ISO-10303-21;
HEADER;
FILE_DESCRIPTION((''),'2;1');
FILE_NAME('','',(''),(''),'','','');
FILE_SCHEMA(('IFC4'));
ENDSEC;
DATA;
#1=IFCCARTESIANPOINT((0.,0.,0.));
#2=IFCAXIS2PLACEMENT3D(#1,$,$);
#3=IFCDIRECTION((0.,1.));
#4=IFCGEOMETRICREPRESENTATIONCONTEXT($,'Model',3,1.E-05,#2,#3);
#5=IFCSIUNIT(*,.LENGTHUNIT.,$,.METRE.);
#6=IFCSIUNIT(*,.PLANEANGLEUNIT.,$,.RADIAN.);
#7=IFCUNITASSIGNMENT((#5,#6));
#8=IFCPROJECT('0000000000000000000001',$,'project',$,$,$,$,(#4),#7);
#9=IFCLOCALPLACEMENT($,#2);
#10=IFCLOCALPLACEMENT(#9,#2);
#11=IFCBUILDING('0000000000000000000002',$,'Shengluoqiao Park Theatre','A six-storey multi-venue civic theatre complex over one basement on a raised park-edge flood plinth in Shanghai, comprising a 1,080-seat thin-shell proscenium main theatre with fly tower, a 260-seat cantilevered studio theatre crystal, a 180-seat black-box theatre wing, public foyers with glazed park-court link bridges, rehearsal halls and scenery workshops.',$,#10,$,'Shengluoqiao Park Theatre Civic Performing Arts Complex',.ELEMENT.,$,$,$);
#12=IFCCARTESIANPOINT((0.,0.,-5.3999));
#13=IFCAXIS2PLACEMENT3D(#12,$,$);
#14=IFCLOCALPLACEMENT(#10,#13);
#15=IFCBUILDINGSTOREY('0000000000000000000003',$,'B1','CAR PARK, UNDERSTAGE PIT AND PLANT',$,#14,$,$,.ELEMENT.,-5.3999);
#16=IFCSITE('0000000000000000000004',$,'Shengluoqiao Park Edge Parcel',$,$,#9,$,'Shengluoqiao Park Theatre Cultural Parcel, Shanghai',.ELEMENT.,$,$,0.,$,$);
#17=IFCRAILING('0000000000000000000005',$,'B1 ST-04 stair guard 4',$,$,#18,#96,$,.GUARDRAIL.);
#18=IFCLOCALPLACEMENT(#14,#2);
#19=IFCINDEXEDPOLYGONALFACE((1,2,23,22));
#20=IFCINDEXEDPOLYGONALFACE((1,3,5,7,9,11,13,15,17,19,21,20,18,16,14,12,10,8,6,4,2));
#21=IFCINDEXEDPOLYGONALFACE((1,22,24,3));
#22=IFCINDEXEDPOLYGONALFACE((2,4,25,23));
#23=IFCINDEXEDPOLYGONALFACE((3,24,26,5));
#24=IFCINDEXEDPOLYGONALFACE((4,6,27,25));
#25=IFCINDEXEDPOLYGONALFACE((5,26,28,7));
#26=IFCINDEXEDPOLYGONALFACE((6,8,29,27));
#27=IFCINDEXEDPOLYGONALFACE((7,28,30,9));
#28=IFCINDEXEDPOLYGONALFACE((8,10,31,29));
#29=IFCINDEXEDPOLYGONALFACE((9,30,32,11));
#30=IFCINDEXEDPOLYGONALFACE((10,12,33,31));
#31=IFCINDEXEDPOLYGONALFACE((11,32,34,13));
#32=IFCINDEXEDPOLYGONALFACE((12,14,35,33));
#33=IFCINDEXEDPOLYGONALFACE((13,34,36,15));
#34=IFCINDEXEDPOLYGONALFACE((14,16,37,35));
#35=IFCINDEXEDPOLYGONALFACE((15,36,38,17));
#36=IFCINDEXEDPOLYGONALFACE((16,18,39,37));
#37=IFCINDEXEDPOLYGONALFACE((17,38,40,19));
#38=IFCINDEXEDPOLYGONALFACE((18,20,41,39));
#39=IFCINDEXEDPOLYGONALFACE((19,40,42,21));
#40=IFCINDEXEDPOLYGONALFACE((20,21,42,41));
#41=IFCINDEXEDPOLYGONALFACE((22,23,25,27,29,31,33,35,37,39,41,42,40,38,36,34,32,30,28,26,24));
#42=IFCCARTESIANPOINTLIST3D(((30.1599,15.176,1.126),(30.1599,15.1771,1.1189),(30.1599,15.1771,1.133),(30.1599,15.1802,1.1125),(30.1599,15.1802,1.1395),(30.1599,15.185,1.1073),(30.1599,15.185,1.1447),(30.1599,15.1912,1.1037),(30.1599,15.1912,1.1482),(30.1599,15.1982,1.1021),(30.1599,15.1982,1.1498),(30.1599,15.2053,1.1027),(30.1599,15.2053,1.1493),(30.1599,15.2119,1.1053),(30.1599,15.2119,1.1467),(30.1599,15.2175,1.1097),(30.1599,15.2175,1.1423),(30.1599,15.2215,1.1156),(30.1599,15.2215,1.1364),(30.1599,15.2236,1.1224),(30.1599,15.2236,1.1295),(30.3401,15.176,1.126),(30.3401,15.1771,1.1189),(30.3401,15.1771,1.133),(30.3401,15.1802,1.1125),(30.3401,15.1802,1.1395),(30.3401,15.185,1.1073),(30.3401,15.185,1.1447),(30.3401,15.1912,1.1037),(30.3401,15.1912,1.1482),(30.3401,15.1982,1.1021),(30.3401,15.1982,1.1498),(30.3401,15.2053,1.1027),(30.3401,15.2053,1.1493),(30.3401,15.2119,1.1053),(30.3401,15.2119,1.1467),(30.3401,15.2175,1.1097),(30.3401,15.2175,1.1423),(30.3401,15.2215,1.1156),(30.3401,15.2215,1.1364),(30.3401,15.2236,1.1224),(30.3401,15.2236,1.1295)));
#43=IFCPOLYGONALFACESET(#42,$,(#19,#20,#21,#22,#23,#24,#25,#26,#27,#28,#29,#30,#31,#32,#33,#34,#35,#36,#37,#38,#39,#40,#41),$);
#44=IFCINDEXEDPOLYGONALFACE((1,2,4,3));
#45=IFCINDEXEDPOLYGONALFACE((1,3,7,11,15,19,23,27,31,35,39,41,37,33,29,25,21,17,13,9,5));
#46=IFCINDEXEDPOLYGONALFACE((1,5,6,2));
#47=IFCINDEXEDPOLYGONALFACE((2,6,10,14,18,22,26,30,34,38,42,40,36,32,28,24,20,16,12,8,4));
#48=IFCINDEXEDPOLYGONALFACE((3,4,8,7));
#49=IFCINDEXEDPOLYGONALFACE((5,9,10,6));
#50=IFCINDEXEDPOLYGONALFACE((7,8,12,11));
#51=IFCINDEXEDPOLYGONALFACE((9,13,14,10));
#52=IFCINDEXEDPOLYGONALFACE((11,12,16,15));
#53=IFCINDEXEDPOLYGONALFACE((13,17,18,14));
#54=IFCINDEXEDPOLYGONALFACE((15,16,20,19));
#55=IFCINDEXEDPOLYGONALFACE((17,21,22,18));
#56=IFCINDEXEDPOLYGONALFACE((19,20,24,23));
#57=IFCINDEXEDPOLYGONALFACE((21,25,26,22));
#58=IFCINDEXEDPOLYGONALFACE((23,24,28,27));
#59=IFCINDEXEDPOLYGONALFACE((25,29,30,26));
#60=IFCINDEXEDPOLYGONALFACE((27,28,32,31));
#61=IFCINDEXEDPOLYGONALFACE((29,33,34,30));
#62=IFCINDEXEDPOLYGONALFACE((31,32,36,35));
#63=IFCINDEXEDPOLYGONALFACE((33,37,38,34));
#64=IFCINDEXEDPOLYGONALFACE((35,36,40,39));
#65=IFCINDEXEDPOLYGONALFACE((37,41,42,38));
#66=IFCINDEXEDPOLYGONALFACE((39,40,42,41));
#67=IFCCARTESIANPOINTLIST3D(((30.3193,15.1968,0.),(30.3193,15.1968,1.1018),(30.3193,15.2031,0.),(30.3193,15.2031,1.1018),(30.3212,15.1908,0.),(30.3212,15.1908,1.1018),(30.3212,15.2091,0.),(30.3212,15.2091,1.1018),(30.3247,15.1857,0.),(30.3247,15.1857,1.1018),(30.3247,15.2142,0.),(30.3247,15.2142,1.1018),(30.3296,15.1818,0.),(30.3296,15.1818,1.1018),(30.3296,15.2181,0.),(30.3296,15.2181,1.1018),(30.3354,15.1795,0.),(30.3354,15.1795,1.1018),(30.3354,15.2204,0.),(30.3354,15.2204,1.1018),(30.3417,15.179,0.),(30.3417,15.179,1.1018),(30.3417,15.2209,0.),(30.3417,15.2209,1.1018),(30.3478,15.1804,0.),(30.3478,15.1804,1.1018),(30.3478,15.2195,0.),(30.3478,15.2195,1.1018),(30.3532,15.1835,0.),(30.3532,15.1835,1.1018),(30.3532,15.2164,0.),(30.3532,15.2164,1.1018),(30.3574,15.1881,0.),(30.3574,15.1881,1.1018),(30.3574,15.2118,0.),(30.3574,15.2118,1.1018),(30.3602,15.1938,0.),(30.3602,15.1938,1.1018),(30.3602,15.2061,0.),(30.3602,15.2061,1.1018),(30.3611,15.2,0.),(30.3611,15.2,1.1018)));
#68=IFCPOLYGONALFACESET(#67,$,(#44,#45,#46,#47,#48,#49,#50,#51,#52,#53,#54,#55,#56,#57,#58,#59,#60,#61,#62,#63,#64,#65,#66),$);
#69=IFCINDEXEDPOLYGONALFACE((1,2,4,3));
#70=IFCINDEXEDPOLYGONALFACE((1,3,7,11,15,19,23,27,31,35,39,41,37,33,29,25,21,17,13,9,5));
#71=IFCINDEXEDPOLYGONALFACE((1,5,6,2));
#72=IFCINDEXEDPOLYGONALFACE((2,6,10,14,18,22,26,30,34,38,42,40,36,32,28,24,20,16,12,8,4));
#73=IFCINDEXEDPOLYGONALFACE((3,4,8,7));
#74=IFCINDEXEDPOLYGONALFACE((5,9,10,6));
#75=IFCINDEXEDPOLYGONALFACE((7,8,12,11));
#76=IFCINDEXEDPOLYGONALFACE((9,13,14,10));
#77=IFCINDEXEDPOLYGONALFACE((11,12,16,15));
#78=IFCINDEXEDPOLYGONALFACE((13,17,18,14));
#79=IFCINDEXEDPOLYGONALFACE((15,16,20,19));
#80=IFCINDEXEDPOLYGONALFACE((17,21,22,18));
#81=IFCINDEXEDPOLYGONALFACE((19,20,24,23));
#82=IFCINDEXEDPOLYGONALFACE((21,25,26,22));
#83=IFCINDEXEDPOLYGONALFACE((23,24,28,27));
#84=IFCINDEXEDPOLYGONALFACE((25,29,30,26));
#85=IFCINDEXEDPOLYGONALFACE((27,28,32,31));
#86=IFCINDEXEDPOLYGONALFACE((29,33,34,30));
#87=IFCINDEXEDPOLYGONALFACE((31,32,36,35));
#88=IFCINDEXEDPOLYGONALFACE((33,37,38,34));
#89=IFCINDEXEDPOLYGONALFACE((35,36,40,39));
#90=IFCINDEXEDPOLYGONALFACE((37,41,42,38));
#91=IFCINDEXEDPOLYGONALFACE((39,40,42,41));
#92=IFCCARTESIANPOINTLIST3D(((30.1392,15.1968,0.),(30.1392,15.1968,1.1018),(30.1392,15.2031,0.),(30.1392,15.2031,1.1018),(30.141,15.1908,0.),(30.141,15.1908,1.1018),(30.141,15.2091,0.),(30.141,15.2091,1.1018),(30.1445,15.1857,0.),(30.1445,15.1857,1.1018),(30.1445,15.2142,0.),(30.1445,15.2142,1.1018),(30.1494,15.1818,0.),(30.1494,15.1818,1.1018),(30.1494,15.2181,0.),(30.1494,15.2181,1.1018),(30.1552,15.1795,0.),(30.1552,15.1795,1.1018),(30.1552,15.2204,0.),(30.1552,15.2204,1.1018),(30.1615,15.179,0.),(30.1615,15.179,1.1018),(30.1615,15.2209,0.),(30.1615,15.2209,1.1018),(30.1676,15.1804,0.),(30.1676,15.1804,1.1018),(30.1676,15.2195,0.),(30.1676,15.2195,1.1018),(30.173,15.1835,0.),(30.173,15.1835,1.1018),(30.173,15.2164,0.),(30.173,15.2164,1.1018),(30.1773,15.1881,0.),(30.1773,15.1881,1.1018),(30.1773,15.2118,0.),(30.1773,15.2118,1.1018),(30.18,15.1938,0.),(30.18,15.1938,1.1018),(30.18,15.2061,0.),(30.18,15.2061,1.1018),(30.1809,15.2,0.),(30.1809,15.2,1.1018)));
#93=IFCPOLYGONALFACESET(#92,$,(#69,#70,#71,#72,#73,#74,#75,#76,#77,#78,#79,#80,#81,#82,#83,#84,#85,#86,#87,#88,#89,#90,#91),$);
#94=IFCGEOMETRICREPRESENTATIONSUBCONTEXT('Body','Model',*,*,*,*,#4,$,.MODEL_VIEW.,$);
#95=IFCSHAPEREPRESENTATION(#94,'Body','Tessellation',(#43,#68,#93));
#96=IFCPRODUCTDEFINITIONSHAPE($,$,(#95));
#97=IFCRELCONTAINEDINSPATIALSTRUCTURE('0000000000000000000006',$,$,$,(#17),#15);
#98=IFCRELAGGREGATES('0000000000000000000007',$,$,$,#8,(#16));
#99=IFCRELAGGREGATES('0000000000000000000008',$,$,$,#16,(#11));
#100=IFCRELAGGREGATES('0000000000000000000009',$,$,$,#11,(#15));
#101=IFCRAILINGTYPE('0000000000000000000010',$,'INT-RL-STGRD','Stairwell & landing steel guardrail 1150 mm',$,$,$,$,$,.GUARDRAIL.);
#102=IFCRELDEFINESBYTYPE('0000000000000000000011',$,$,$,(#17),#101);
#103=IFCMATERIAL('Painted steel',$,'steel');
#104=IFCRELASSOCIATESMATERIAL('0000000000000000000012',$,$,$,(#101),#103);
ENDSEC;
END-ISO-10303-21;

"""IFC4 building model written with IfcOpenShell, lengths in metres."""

from ifc_helpers import new_model, si_unit, direction, frame, origin, origin_2d, place, context, subcontext, project, spatial, circle, extrude, material, type_object, element, save


model = new_model("IFC4")

# Units and contexts
model_context = context("Model", 3, precision=1e-05, world=origin(), true_north=direction((0.0, 1.0)))
body_context = subcontext(model_context, "Body", "Model", "MODEL_VIEW")
ifc_project = project(units=[si_unit("LENGTHUNIT", "METRE"), si_unit("PLANEANGLEUNIT", "RADIAN")], contexts=[model_context])

# Site, building, storey
site_placement = place(None, origin())
site = spatial("IfcSite", under=ifc_project, at=site_placement, Name="Shengluoqiao Park Edge Parcel", LongName="Shengluoqiao Park Theatre Cultural Parcel, Shanghai", CompositionType="ELEMENT", RefElevation=0.0)
building_placement = place(site_placement, origin())
building = spatial("IfcBuilding", under=site, at=building_placement, Name="Shengluoqiao Park Theatre", Description="A six-storey multi-venue civic theatre complex over one basement on a raised park-edge flood plinth in Shanghai, comprising a 1,080-seat thin-shell proscenium main theatre with fly tower, a 260-seat cantilevered studio theatre crystal, a 180-seat black-box theatre wing, public foyers with glazed park-court link bridges, rehearsal halls and scenery workshops.", LongName="Shengluoqiao Park Theatre Civic Performing Arts Complex", CompositionType="ELEMENT")
storey_placement = place(building_placement, frame((0.0, 0.0, -5.3999)))
storey = spatial("IfcBuildingStorey", under=building, at=storey_placement, Name="B1", Description="CAR PARK, UNDERSTAGE PIT AND PLANT", CompositionType="ELEMENT", Elevation=-5.3999)

# Railing
ifc_material_1 = material(Name="Painted steel", Category="steel")
railing_type_1 = type_object("IfcRailingType", Name="INT-RL-STGRD", Description="Stairwell & landing steel guardrail 1150 mm", PredefinedType="GUARDRAIL", material=ifc_material_1)
railing_1_placement = place(storey_placement, frame((30.3401, 15.2, 0.0)))
element("IfcRailing", 1, at=railing_1_placement, inside=storey, type_object=railing_type_1, Name="B1 ST-04 stair guard 4", PredefinedType="GUARDRAIL", context=body_context, shape_type="SweptSolid", body=[
    extrude(circle(Radius=0.0239, at=origin_2d()), frame((0.0, 0.0, 1.126), z_axis=(-1.0, 0.0, 0.0), x_axis=(0.0, -1.0, 0.0)), (0.0, 0.0, 1.0), 0.1802),
    extrude(circle(Radius=0.021, at=origin_2d()), origin(), (0.0, 0.0, 1.0), 1.1018),
    extrude(circle(Radius=0.021, at=origin_2d()), frame((-0.1802, 0.0, 0.0)), (0.0, 0.0, 1.0), 1.1018),
])

save(model, "model.ifc")
